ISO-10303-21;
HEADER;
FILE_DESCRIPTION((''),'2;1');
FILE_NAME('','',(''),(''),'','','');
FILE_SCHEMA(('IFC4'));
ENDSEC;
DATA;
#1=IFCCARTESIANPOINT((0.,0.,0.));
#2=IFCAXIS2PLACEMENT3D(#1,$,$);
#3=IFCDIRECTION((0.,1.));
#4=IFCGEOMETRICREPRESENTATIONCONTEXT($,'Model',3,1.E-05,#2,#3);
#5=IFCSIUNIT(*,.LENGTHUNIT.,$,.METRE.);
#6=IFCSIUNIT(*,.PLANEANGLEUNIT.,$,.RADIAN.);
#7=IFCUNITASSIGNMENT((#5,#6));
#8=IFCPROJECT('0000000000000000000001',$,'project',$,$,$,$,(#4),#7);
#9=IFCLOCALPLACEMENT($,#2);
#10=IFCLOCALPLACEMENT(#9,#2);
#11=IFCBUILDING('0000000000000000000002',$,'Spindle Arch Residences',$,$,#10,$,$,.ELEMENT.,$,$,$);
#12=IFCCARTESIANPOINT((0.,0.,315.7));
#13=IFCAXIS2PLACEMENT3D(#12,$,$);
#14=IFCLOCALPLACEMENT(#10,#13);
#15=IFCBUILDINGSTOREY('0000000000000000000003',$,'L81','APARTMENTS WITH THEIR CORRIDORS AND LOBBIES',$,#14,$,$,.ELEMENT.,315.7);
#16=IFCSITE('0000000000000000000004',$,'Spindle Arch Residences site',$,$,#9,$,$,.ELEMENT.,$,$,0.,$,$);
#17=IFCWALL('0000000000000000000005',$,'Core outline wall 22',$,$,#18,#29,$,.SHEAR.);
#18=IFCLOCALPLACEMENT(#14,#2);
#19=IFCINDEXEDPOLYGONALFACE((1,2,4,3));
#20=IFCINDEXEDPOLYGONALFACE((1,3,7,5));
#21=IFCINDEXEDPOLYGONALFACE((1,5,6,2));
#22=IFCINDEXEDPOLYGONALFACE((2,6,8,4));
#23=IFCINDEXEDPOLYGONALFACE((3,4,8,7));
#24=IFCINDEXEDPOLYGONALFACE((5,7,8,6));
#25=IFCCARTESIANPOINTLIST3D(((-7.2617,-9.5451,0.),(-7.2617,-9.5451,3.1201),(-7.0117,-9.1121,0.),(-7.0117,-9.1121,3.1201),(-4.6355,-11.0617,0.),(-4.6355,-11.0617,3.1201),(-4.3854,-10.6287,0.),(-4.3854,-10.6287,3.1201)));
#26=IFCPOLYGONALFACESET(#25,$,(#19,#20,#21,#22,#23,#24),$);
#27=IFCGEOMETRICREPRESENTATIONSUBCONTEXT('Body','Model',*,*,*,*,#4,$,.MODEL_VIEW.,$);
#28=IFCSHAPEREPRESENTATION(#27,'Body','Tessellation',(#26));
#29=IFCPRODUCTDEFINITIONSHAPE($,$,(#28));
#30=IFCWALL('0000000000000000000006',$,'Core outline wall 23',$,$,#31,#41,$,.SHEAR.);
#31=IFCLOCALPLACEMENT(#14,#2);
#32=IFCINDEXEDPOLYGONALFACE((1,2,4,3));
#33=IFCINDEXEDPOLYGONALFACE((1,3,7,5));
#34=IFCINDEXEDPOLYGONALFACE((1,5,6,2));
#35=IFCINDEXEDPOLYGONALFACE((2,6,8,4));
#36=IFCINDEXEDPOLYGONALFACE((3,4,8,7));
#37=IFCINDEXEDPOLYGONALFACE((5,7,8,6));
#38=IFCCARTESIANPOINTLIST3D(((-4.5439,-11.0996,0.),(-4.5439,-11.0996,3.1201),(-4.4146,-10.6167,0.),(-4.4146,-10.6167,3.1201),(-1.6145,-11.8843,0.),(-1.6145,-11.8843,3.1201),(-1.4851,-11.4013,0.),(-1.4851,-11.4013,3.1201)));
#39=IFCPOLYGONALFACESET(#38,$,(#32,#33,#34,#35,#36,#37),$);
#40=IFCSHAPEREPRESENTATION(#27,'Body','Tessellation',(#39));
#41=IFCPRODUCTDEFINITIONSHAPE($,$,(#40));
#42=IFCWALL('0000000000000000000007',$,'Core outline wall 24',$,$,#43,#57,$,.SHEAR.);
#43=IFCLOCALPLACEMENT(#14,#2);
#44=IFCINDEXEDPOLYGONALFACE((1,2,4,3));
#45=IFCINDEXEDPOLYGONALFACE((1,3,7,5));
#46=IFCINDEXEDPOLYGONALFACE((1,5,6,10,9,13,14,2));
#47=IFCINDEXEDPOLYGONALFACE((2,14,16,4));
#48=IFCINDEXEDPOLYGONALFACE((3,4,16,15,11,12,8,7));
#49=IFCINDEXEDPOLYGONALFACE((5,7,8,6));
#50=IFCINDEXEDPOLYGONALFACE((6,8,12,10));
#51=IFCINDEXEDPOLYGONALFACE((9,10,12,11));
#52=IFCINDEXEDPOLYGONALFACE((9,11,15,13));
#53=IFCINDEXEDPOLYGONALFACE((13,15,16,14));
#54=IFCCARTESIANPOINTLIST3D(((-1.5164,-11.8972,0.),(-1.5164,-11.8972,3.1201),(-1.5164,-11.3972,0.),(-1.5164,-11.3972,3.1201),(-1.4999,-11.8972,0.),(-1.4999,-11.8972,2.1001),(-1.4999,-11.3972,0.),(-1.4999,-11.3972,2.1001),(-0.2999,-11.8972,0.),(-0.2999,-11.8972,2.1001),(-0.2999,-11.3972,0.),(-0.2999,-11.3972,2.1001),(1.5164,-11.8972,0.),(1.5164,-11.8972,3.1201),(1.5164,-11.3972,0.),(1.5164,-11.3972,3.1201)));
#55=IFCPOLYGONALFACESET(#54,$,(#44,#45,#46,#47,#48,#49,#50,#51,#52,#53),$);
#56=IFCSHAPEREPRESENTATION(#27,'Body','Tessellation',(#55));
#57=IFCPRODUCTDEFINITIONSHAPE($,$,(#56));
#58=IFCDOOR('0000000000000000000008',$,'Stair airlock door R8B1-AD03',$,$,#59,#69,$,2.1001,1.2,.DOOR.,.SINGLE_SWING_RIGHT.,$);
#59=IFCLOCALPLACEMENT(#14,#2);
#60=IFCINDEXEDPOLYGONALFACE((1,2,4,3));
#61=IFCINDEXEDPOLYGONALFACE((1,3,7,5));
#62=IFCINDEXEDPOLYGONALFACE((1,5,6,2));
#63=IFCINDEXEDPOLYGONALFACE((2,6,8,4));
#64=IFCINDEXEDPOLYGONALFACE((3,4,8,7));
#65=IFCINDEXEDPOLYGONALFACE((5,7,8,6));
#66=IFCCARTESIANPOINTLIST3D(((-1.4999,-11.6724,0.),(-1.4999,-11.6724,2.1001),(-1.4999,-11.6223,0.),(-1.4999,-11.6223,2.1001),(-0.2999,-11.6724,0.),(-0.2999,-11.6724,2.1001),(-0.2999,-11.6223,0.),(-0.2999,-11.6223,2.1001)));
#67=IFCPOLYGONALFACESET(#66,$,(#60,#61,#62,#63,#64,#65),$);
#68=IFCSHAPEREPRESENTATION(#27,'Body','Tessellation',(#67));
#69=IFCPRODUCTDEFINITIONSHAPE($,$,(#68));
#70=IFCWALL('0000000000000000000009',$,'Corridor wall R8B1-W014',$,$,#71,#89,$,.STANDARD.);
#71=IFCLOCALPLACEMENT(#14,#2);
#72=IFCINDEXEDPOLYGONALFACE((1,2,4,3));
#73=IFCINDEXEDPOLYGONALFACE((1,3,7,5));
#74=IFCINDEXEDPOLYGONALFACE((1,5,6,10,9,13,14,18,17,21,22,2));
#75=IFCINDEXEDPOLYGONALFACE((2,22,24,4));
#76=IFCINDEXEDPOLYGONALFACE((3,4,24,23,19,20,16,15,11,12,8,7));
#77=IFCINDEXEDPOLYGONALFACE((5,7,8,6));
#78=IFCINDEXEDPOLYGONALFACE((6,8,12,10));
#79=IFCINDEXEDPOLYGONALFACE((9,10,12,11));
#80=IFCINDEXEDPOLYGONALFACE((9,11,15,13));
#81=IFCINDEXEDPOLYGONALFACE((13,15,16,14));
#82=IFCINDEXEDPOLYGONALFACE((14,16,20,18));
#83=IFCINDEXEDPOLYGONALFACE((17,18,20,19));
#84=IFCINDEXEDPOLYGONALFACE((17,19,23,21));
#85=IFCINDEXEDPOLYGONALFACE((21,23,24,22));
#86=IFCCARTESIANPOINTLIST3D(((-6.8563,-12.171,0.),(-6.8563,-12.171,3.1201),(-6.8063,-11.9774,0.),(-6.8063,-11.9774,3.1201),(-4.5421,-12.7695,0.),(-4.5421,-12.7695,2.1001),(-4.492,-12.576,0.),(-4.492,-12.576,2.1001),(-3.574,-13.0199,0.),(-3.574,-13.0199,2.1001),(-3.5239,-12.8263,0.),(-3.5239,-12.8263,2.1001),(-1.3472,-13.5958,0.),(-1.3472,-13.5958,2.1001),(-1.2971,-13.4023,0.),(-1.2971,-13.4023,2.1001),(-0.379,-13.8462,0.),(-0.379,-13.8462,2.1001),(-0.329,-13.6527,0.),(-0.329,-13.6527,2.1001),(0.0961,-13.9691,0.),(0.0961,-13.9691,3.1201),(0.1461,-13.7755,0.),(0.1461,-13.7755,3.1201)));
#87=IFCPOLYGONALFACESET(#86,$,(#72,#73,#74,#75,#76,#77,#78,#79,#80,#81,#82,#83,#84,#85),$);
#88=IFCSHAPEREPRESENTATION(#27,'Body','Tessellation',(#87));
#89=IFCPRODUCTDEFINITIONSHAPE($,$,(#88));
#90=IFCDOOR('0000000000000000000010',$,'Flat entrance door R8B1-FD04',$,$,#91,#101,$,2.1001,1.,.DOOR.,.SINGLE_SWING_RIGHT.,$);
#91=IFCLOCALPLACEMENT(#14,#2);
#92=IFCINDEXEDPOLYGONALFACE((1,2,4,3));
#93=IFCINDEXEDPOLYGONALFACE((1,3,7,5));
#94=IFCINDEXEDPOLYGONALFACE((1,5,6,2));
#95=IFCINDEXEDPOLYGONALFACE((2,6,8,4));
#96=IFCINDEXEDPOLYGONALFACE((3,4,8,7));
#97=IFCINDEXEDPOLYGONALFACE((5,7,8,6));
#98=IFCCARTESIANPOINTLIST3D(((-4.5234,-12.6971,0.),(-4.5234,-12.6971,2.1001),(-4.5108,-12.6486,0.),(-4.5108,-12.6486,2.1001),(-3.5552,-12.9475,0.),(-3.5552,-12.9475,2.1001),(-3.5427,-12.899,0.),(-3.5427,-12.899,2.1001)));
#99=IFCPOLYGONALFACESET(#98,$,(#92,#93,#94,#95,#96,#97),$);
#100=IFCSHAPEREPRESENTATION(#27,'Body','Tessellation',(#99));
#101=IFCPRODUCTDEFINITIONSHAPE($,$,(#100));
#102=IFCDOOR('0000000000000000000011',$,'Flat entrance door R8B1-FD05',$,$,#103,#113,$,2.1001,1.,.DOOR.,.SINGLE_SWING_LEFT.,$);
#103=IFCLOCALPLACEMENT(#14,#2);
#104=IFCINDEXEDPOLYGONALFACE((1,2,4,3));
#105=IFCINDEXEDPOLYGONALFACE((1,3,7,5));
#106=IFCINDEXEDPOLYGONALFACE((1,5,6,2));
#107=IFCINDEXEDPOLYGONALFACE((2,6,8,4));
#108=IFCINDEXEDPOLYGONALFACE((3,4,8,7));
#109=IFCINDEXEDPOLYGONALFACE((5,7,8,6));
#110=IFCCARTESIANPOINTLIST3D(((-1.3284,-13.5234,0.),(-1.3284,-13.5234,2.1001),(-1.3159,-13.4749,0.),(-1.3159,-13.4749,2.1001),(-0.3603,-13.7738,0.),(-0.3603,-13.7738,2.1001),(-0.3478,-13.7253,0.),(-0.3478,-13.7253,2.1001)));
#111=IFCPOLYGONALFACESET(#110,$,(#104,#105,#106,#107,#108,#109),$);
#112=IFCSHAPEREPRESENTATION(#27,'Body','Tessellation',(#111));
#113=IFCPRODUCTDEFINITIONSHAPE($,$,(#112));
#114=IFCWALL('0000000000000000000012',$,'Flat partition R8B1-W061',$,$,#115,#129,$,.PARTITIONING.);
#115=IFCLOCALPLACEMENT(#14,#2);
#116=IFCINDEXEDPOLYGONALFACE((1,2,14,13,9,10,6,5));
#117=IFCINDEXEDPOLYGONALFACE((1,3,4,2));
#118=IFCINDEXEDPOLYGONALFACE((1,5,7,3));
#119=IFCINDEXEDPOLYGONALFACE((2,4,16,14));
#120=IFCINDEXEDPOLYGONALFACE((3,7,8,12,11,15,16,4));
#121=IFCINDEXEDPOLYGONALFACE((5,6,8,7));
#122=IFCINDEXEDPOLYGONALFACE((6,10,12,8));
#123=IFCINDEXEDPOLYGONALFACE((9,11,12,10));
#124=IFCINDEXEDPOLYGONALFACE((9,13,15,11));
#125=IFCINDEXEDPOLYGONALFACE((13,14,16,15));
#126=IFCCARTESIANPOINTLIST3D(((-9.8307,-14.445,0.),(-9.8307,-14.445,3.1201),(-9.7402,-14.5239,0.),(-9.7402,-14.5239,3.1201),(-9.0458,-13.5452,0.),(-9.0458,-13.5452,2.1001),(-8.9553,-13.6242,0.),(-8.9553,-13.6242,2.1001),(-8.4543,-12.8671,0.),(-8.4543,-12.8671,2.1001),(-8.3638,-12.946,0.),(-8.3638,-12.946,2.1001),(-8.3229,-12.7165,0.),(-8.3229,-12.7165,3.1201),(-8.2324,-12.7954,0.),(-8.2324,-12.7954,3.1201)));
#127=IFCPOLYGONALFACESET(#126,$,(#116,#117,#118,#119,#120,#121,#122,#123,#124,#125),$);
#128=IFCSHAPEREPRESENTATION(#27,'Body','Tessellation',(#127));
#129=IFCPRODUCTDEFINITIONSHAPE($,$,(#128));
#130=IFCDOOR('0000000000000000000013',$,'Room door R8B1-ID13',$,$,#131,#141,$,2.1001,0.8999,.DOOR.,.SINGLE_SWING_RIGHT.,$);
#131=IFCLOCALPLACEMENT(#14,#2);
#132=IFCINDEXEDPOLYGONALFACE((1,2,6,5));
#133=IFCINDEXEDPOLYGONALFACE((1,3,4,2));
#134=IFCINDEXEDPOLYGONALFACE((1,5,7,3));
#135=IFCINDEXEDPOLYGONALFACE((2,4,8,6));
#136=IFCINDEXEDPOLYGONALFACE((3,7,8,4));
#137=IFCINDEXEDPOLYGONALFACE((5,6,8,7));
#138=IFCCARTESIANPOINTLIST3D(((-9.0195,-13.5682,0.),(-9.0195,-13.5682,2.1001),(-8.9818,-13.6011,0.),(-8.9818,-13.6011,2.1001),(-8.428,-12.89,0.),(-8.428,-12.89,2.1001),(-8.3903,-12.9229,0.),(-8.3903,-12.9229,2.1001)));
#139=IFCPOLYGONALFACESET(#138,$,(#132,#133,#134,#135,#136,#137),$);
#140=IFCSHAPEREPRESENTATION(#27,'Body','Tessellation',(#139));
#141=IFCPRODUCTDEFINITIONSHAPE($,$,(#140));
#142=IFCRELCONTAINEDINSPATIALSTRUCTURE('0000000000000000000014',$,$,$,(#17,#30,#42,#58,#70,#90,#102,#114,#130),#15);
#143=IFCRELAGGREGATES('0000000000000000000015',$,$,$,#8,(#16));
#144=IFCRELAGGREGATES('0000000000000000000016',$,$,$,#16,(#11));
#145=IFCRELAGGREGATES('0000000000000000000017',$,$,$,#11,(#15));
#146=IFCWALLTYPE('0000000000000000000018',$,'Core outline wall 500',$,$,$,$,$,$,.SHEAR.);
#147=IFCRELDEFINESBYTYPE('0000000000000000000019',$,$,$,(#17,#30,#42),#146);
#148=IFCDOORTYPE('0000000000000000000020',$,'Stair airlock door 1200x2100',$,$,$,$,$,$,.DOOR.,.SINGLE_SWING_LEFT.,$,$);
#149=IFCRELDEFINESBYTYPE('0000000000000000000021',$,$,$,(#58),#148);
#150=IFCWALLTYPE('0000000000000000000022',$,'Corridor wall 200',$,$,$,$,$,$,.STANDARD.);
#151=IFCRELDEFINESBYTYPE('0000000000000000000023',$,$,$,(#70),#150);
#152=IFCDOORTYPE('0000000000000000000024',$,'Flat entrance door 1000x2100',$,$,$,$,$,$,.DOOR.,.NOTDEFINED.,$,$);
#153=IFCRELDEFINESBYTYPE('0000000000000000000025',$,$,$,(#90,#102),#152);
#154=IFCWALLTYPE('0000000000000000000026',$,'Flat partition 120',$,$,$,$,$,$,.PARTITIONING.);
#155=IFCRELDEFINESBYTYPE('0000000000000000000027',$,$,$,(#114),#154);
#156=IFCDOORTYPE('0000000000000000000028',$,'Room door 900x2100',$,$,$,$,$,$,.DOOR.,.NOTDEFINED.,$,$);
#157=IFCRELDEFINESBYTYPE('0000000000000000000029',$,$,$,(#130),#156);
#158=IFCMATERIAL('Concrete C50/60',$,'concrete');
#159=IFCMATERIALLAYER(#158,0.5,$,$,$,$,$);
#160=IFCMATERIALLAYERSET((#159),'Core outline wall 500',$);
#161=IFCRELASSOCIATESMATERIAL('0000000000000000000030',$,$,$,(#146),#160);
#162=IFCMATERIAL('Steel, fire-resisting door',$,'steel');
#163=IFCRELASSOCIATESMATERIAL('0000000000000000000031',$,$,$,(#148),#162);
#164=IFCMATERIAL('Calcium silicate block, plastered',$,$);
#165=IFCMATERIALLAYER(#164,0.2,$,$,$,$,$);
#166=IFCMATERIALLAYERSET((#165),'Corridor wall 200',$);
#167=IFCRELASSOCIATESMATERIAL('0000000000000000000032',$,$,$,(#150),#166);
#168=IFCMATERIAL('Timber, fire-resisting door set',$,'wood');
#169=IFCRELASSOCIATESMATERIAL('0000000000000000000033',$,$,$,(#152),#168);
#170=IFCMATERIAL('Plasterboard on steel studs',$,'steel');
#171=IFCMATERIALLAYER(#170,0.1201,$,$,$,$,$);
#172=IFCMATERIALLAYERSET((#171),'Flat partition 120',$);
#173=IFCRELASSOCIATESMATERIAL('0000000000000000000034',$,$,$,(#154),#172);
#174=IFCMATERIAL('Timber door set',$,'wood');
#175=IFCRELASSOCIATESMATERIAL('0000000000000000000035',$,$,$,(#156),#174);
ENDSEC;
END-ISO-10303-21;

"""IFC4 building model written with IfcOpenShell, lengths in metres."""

from ifc_helpers import new_model, si_unit, direction, frame, frame_2d, origin, place, context, subcontext, project, spatial, rectangle, extrude, material, layer, layer_set, type_object, element, fill, save


model = new_model("IFC4")

# Units and contexts
model_context = context("Model", 3, precision=1e-05, world=origin(), true_north=direction((0.0, 1.0)))
body_context = subcontext(model_context, "Body", "Model", "MODEL_VIEW")
ifc_project = project(units=[si_unit("LENGTHUNIT", "METRE"), si_unit("PLANEANGLEUNIT", "RADIAN")], contexts=[model_context])

# Site, building, storey
site_placement = place(None, origin())
site = spatial("IfcSite", under=ifc_project, at=site_placement, Name="Spindle Arch Residences site", CompositionType="ELEMENT", RefElevation=0.0)
building_placement = place(site_placement, origin())
building = spatial("IfcBuilding", under=site, at=building_placement, Name="Spindle Arch Residences", CompositionType="ELEMENT")
storey_placement = place(building_placement, frame((0.0, 0.0, 315.7)))
storey = spatial("IfcBuildingStorey", under=building, at=storey_placement, Name="L81", Description="APARTMENTS WITH THEIR CORRIDORS AND LOBBIES", CompositionType="ELEMENT", Elevation=315.7)

# Walls
ifc_material_1 = material(Name="Concrete C50/60", Category="concrete")
ifc_layer_1 = layer(ifc_material_1, 0.5)
ifc_layer_set_1 = layer_set([ifc_layer_1], Name="Core outline wall 500")
wall_type_1 = type_object("IfcWallType", Name="Core outline wall 500", PredefinedType="SHEAR", material=ifc_layer_set_1)
for number, where, z_axis, x_axis, name in (
    (1, (-7.1367, -9.3286, 0.0), (0.0, 0.0, 1.0), (0.865975, -0.500087, 0.0), "Core outline wall 22"),
    (2, (-4.4792, -10.8582, 0.0), (0.0, 0.0, 1.0), (0.965948, -0.258735, 0.0), "Core outline wall 23"),
):
    element("IfcWall", number, at=place(storey_placement, frame(where, z_axis=z_axis, x_axis=x_axis)), inside=storey, type_object=wall_type_1, Name=name, PredefinedType="SHEAR", context=body_context, shape_type="SweptSolid", body=[
        extrude(rectangle(XDim=3.0327, YDim=0.5, at=frame_2d((1.5164, 0.0))), origin(), (0.0, 0.0, 1.0), 3.1201),
    ])

# Wall, opening, door
wall_1_placement = place(storey_placement, frame((-1.5164, -11.6472, 0.0), z_axis=(0.0, 0.0, 1.0), x_axis=(1.0, 0.0, 0.0)))
wall_1 = element("IfcWall", 3, at=wall_1_placement, inside=storey, type_object=wall_type_1, Name="Core outline wall 24", PredefinedType="SHEAR", context=body_context, shape_type="SweptSolid", body=[
    extrude(rectangle(XDim=3.0327, YDim=0.5, at=frame_2d((1.5164, 0.0))), origin(), (0.0, 0.0, 1.0), 3.1201),
])
opening_1_placement = place(wall_1_placement, frame((0.0164, 0.0, 0.0)))
opening_1 = element("IfcOpeningElement", 4, at=opening_1_placement, cuts=wall_1, PredefinedType="OPENING", context=body_context, shape_type="SweptSolid", body=[
    extrude(rectangle(XDim=1.2, YDim=2.1001, at=frame_2d((0.6001, 1.05))), frame((0.0, 0.26, 0.0), z_axis=(0.0, -1.0, 0.0), x_axis=(1.0, 0.0, 0.0)), (0.0, 0.0, 1.0), 0.52),
])
ifc_material_2 = material(Name="Steel, fire-resisting door", Category="steel")
door_type_1 = type_object("IfcDoorType", Name="Stair airlock door 1200x2100", OperationType="SINGLE_SWING_LEFT", PredefinedType="DOOR", material=ifc_material_2)
door_1_placement = place(opening_1_placement, origin())
door_1 = element("IfcDoor", 5, at=door_1_placement, inside=storey, type_object=door_type_1, Name="Stair airlock door R8B1-AD03", OperationType="SINGLE_SWING_RIGHT", OverallHeight=2.1001, OverallWidth=1.2, PredefinedType="DOOR", context=body_context, shape_type="SweptSolid", body=[
    extrude(rectangle(XDim=1.2, YDim=2.1001, at=frame_2d((0.6001, 1.05))), frame((0.0, 0.0249, 0.0), z_axis=(0.0, -1.0, 0.0), x_axis=(1.0, 0.0, 0.0)), (0.0, 0.0, 1.0), 0.05),
])
fill(opening_1, door_1)

# Wall, openings, doors
ifc_material_3 = material(Name="Calcium silicate block, plastered")
ifc_layer_2 = layer(ifc_material_3, 0.2)
ifc_layer_set_2 = layer_set([ifc_layer_2], Name="Corridor wall 200")
wall_type_2 = type_object("IfcWallType", Name="Corridor wall 200", PredefinedType="STANDARD", material=ifc_layer_set_2)
wall_2_placement = place(storey_placement, frame((-6.8313, -12.0742, 0.0), z_axis=(0.0, 0.0, 1.0), x_axis=(0.968145, -0.250391, 0.0)))
wall_2 = element("IfcWall", 6, at=wall_2_placement, inside=storey, type_object=wall_type_2, Name="Corridor wall R8B1-W014", PredefinedType="STANDARD", context=body_context, shape_type="SweptSolid", body=[
    extrude(rectangle(XDim=7.1812, YDim=0.2, at=frame_2d((3.5906, 0.0))), origin(), (0.0, 0.0, 1.0), 3.1201),
])
opening_2_placement = place(wall_2_placement, frame((2.3904, 0.0, 0.0)))
opening_2 = element("IfcOpeningElement", 7, at=opening_2_placement, cuts=wall_2, PredefinedType="OPENING", context=body_context, shape_type="SweptSolid", body=[
    extrude(rectangle(XDim=1.0, YDim=2.1001, at=frame_2d((0.5, 1.05))), frame((0.0, 0.1099, 0.0), z_axis=(0.0, -1.0, 0.0), x_axis=(1.0, 0.0, 0.0)), (0.0, 0.0, 1.0), 0.22),
])
opening_3_placement = place(wall_2_placement, frame((5.6904, 0.0, 0.0)))
opening_3 = element("IfcOpeningElement", 8, at=opening_3_placement, cuts=wall_2, PredefinedType="OPENING", context=body_context, shape_type="SweptSolid", body=[
    extrude(rectangle(XDim=1.0, YDim=2.1001, at=frame_2d((0.5, 1.05))), frame((0.0, 0.1099, 0.0), z_axis=(0.0, -1.0, 0.0), x_axis=(1.0, 0.0, 0.0)), (0.0, 0.0, 1.0), 0.22),
])
ifc_material_4 = material(Name="Timber, fire-resisting door set", Category="wood")
door_type_2 = type_object("IfcDoorType", Name="Flat entrance door 1000x2100", OperationType="NOTDEFINED", PredefinedType="DOOR", material=ifc_material_4)
door_2_placement = place(opening_2_placement, origin())
door_2 = element("IfcDoor", 9, at=door_2_placement, inside=storey, type_object=door_type_2, Name="Flat entrance door R8B1-FD04", OperationType="SINGLE_SWING_RIGHT", OverallHeight=2.1001, OverallWidth=1.0, PredefinedType="DOOR", context=body_context, shape_type="SweptSolid", body=[
    extrude(rectangle(XDim=1.0, YDim=2.1001, at=frame_2d((0.5, 1.05))), frame((0.0, 0.0249, 0.0), z_axis=(0.0, -1.0, 0.0), x_axis=(1.0, 0.0, 0.0)), (0.0, 0.0, 1.0), 0.05),
])
fill(opening_2, door_2)
door_3_placement = place(opening_3_placement, origin())
door_3 = element("IfcDoor", 10, at=door_3_placement, inside=storey, type_object=door_type_2, Name="Flat entrance door R8B1-FD05", OperationType="SINGLE_SWING_LEFT", OverallHeight=2.1001, OverallWidth=1.0, PredefinedType="DOOR", context=body_context, shape_type="SweptSolid", body=[
    extrude(rectangle(XDim=1.0, YDim=2.1001, at=frame_2d((0.5, 1.05))), frame((0.0, 0.0249, 0.0), z_axis=(0.0, -1.0, 0.0), x_axis=(1.0, 0.0, 0.0)), (0.0, 0.0, 1.0), 0.05),
])
fill(opening_3, door_3)

# Wall, opening, door
ifc_material_5 = material(Name="Plasterboard on steel studs", Category="steel")
ifc_layer_3 = layer(ifc_material_5, 0.1201)
ifc_layer_set_3 = layer_set([ifc_layer_3], Name="Flat partition 120")
wall_type_3 = type_object("IfcWallType", Name="Flat partition 120", PredefinedType="PARTITIONING", material=ifc_layer_set_3)
wall_3_placement = place(storey_placement, frame((-8.2776, -12.7559, 0.0), z_axis=(0.0, 0.0, 1.0), x_axis=(-0.657358, -0.753578, 0.0)))
wall_3 = element("IfcWall", 11, at=wall_3_placement, inside=storey, type_object=wall_type_3, Name="Flat partition R8B1-W061", PredefinedType="PARTITIONING", context=body_context, shape_type="SweptSolid", body=[
    extrude(rectangle(XDim=2.2937, YDim=0.1201, at=frame_2d((1.147, 0.0))), origin(), (0.0, 0.0, 1.0), 3.1201),
])
opening_4_placement = place(wall_3_placement, frame((0.2, 0.0, 0.0)))
opening_4 = element("IfcOpeningElement", 12, at=opening_4_placement, cuts=wall_3, PredefinedType="OPENING", context=body_context, shape_type="SweptSolid", body=[
    extrude(rectangle(XDim=0.8999, YDim=2.1001, at=frame_2d((0.45, 1.05))), frame((0.0, 0.0701, 0.0), z_axis=(0.0, -1.0, 0.0), x_axis=(1.0, 0.0, 0.0)), (0.0, 0.0, 1.0), 0.1401),
])
ifc_material_6 = material(Name="Timber door set", Category="wood")
door_type_3 = type_object("IfcDoorType", Name="Room door 900x2100", OperationType="NOTDEFINED", PredefinedType="DOOR", material=ifc_material_6)
door_4_placement = place(opening_4_placement, origin())
door_4 = element("IfcDoor", 13, at=door_4_placement, inside=storey, type_object=door_type_3, Name="Room door R8B1-ID13", OperationType="SINGLE_SWING_RIGHT", OverallHeight=2.1001, OverallWidth=0.8999, PredefinedType="DOOR", context=body_context, shape_type="SweptSolid", body=[
    extrude(rectangle(XDim=0.8999, YDim=2.1001, at=frame_2d((0.45, 1.05))), frame((0.0, 0.0249, 0.0), z_axis=(0.0, -1.0, 0.0), x_axis=(1.0, 0.0, 0.0)), (0.0, 0.0, 1.0), 0.05),
])
fill(opening_4, door_4)

save(model, "model.ifc")
